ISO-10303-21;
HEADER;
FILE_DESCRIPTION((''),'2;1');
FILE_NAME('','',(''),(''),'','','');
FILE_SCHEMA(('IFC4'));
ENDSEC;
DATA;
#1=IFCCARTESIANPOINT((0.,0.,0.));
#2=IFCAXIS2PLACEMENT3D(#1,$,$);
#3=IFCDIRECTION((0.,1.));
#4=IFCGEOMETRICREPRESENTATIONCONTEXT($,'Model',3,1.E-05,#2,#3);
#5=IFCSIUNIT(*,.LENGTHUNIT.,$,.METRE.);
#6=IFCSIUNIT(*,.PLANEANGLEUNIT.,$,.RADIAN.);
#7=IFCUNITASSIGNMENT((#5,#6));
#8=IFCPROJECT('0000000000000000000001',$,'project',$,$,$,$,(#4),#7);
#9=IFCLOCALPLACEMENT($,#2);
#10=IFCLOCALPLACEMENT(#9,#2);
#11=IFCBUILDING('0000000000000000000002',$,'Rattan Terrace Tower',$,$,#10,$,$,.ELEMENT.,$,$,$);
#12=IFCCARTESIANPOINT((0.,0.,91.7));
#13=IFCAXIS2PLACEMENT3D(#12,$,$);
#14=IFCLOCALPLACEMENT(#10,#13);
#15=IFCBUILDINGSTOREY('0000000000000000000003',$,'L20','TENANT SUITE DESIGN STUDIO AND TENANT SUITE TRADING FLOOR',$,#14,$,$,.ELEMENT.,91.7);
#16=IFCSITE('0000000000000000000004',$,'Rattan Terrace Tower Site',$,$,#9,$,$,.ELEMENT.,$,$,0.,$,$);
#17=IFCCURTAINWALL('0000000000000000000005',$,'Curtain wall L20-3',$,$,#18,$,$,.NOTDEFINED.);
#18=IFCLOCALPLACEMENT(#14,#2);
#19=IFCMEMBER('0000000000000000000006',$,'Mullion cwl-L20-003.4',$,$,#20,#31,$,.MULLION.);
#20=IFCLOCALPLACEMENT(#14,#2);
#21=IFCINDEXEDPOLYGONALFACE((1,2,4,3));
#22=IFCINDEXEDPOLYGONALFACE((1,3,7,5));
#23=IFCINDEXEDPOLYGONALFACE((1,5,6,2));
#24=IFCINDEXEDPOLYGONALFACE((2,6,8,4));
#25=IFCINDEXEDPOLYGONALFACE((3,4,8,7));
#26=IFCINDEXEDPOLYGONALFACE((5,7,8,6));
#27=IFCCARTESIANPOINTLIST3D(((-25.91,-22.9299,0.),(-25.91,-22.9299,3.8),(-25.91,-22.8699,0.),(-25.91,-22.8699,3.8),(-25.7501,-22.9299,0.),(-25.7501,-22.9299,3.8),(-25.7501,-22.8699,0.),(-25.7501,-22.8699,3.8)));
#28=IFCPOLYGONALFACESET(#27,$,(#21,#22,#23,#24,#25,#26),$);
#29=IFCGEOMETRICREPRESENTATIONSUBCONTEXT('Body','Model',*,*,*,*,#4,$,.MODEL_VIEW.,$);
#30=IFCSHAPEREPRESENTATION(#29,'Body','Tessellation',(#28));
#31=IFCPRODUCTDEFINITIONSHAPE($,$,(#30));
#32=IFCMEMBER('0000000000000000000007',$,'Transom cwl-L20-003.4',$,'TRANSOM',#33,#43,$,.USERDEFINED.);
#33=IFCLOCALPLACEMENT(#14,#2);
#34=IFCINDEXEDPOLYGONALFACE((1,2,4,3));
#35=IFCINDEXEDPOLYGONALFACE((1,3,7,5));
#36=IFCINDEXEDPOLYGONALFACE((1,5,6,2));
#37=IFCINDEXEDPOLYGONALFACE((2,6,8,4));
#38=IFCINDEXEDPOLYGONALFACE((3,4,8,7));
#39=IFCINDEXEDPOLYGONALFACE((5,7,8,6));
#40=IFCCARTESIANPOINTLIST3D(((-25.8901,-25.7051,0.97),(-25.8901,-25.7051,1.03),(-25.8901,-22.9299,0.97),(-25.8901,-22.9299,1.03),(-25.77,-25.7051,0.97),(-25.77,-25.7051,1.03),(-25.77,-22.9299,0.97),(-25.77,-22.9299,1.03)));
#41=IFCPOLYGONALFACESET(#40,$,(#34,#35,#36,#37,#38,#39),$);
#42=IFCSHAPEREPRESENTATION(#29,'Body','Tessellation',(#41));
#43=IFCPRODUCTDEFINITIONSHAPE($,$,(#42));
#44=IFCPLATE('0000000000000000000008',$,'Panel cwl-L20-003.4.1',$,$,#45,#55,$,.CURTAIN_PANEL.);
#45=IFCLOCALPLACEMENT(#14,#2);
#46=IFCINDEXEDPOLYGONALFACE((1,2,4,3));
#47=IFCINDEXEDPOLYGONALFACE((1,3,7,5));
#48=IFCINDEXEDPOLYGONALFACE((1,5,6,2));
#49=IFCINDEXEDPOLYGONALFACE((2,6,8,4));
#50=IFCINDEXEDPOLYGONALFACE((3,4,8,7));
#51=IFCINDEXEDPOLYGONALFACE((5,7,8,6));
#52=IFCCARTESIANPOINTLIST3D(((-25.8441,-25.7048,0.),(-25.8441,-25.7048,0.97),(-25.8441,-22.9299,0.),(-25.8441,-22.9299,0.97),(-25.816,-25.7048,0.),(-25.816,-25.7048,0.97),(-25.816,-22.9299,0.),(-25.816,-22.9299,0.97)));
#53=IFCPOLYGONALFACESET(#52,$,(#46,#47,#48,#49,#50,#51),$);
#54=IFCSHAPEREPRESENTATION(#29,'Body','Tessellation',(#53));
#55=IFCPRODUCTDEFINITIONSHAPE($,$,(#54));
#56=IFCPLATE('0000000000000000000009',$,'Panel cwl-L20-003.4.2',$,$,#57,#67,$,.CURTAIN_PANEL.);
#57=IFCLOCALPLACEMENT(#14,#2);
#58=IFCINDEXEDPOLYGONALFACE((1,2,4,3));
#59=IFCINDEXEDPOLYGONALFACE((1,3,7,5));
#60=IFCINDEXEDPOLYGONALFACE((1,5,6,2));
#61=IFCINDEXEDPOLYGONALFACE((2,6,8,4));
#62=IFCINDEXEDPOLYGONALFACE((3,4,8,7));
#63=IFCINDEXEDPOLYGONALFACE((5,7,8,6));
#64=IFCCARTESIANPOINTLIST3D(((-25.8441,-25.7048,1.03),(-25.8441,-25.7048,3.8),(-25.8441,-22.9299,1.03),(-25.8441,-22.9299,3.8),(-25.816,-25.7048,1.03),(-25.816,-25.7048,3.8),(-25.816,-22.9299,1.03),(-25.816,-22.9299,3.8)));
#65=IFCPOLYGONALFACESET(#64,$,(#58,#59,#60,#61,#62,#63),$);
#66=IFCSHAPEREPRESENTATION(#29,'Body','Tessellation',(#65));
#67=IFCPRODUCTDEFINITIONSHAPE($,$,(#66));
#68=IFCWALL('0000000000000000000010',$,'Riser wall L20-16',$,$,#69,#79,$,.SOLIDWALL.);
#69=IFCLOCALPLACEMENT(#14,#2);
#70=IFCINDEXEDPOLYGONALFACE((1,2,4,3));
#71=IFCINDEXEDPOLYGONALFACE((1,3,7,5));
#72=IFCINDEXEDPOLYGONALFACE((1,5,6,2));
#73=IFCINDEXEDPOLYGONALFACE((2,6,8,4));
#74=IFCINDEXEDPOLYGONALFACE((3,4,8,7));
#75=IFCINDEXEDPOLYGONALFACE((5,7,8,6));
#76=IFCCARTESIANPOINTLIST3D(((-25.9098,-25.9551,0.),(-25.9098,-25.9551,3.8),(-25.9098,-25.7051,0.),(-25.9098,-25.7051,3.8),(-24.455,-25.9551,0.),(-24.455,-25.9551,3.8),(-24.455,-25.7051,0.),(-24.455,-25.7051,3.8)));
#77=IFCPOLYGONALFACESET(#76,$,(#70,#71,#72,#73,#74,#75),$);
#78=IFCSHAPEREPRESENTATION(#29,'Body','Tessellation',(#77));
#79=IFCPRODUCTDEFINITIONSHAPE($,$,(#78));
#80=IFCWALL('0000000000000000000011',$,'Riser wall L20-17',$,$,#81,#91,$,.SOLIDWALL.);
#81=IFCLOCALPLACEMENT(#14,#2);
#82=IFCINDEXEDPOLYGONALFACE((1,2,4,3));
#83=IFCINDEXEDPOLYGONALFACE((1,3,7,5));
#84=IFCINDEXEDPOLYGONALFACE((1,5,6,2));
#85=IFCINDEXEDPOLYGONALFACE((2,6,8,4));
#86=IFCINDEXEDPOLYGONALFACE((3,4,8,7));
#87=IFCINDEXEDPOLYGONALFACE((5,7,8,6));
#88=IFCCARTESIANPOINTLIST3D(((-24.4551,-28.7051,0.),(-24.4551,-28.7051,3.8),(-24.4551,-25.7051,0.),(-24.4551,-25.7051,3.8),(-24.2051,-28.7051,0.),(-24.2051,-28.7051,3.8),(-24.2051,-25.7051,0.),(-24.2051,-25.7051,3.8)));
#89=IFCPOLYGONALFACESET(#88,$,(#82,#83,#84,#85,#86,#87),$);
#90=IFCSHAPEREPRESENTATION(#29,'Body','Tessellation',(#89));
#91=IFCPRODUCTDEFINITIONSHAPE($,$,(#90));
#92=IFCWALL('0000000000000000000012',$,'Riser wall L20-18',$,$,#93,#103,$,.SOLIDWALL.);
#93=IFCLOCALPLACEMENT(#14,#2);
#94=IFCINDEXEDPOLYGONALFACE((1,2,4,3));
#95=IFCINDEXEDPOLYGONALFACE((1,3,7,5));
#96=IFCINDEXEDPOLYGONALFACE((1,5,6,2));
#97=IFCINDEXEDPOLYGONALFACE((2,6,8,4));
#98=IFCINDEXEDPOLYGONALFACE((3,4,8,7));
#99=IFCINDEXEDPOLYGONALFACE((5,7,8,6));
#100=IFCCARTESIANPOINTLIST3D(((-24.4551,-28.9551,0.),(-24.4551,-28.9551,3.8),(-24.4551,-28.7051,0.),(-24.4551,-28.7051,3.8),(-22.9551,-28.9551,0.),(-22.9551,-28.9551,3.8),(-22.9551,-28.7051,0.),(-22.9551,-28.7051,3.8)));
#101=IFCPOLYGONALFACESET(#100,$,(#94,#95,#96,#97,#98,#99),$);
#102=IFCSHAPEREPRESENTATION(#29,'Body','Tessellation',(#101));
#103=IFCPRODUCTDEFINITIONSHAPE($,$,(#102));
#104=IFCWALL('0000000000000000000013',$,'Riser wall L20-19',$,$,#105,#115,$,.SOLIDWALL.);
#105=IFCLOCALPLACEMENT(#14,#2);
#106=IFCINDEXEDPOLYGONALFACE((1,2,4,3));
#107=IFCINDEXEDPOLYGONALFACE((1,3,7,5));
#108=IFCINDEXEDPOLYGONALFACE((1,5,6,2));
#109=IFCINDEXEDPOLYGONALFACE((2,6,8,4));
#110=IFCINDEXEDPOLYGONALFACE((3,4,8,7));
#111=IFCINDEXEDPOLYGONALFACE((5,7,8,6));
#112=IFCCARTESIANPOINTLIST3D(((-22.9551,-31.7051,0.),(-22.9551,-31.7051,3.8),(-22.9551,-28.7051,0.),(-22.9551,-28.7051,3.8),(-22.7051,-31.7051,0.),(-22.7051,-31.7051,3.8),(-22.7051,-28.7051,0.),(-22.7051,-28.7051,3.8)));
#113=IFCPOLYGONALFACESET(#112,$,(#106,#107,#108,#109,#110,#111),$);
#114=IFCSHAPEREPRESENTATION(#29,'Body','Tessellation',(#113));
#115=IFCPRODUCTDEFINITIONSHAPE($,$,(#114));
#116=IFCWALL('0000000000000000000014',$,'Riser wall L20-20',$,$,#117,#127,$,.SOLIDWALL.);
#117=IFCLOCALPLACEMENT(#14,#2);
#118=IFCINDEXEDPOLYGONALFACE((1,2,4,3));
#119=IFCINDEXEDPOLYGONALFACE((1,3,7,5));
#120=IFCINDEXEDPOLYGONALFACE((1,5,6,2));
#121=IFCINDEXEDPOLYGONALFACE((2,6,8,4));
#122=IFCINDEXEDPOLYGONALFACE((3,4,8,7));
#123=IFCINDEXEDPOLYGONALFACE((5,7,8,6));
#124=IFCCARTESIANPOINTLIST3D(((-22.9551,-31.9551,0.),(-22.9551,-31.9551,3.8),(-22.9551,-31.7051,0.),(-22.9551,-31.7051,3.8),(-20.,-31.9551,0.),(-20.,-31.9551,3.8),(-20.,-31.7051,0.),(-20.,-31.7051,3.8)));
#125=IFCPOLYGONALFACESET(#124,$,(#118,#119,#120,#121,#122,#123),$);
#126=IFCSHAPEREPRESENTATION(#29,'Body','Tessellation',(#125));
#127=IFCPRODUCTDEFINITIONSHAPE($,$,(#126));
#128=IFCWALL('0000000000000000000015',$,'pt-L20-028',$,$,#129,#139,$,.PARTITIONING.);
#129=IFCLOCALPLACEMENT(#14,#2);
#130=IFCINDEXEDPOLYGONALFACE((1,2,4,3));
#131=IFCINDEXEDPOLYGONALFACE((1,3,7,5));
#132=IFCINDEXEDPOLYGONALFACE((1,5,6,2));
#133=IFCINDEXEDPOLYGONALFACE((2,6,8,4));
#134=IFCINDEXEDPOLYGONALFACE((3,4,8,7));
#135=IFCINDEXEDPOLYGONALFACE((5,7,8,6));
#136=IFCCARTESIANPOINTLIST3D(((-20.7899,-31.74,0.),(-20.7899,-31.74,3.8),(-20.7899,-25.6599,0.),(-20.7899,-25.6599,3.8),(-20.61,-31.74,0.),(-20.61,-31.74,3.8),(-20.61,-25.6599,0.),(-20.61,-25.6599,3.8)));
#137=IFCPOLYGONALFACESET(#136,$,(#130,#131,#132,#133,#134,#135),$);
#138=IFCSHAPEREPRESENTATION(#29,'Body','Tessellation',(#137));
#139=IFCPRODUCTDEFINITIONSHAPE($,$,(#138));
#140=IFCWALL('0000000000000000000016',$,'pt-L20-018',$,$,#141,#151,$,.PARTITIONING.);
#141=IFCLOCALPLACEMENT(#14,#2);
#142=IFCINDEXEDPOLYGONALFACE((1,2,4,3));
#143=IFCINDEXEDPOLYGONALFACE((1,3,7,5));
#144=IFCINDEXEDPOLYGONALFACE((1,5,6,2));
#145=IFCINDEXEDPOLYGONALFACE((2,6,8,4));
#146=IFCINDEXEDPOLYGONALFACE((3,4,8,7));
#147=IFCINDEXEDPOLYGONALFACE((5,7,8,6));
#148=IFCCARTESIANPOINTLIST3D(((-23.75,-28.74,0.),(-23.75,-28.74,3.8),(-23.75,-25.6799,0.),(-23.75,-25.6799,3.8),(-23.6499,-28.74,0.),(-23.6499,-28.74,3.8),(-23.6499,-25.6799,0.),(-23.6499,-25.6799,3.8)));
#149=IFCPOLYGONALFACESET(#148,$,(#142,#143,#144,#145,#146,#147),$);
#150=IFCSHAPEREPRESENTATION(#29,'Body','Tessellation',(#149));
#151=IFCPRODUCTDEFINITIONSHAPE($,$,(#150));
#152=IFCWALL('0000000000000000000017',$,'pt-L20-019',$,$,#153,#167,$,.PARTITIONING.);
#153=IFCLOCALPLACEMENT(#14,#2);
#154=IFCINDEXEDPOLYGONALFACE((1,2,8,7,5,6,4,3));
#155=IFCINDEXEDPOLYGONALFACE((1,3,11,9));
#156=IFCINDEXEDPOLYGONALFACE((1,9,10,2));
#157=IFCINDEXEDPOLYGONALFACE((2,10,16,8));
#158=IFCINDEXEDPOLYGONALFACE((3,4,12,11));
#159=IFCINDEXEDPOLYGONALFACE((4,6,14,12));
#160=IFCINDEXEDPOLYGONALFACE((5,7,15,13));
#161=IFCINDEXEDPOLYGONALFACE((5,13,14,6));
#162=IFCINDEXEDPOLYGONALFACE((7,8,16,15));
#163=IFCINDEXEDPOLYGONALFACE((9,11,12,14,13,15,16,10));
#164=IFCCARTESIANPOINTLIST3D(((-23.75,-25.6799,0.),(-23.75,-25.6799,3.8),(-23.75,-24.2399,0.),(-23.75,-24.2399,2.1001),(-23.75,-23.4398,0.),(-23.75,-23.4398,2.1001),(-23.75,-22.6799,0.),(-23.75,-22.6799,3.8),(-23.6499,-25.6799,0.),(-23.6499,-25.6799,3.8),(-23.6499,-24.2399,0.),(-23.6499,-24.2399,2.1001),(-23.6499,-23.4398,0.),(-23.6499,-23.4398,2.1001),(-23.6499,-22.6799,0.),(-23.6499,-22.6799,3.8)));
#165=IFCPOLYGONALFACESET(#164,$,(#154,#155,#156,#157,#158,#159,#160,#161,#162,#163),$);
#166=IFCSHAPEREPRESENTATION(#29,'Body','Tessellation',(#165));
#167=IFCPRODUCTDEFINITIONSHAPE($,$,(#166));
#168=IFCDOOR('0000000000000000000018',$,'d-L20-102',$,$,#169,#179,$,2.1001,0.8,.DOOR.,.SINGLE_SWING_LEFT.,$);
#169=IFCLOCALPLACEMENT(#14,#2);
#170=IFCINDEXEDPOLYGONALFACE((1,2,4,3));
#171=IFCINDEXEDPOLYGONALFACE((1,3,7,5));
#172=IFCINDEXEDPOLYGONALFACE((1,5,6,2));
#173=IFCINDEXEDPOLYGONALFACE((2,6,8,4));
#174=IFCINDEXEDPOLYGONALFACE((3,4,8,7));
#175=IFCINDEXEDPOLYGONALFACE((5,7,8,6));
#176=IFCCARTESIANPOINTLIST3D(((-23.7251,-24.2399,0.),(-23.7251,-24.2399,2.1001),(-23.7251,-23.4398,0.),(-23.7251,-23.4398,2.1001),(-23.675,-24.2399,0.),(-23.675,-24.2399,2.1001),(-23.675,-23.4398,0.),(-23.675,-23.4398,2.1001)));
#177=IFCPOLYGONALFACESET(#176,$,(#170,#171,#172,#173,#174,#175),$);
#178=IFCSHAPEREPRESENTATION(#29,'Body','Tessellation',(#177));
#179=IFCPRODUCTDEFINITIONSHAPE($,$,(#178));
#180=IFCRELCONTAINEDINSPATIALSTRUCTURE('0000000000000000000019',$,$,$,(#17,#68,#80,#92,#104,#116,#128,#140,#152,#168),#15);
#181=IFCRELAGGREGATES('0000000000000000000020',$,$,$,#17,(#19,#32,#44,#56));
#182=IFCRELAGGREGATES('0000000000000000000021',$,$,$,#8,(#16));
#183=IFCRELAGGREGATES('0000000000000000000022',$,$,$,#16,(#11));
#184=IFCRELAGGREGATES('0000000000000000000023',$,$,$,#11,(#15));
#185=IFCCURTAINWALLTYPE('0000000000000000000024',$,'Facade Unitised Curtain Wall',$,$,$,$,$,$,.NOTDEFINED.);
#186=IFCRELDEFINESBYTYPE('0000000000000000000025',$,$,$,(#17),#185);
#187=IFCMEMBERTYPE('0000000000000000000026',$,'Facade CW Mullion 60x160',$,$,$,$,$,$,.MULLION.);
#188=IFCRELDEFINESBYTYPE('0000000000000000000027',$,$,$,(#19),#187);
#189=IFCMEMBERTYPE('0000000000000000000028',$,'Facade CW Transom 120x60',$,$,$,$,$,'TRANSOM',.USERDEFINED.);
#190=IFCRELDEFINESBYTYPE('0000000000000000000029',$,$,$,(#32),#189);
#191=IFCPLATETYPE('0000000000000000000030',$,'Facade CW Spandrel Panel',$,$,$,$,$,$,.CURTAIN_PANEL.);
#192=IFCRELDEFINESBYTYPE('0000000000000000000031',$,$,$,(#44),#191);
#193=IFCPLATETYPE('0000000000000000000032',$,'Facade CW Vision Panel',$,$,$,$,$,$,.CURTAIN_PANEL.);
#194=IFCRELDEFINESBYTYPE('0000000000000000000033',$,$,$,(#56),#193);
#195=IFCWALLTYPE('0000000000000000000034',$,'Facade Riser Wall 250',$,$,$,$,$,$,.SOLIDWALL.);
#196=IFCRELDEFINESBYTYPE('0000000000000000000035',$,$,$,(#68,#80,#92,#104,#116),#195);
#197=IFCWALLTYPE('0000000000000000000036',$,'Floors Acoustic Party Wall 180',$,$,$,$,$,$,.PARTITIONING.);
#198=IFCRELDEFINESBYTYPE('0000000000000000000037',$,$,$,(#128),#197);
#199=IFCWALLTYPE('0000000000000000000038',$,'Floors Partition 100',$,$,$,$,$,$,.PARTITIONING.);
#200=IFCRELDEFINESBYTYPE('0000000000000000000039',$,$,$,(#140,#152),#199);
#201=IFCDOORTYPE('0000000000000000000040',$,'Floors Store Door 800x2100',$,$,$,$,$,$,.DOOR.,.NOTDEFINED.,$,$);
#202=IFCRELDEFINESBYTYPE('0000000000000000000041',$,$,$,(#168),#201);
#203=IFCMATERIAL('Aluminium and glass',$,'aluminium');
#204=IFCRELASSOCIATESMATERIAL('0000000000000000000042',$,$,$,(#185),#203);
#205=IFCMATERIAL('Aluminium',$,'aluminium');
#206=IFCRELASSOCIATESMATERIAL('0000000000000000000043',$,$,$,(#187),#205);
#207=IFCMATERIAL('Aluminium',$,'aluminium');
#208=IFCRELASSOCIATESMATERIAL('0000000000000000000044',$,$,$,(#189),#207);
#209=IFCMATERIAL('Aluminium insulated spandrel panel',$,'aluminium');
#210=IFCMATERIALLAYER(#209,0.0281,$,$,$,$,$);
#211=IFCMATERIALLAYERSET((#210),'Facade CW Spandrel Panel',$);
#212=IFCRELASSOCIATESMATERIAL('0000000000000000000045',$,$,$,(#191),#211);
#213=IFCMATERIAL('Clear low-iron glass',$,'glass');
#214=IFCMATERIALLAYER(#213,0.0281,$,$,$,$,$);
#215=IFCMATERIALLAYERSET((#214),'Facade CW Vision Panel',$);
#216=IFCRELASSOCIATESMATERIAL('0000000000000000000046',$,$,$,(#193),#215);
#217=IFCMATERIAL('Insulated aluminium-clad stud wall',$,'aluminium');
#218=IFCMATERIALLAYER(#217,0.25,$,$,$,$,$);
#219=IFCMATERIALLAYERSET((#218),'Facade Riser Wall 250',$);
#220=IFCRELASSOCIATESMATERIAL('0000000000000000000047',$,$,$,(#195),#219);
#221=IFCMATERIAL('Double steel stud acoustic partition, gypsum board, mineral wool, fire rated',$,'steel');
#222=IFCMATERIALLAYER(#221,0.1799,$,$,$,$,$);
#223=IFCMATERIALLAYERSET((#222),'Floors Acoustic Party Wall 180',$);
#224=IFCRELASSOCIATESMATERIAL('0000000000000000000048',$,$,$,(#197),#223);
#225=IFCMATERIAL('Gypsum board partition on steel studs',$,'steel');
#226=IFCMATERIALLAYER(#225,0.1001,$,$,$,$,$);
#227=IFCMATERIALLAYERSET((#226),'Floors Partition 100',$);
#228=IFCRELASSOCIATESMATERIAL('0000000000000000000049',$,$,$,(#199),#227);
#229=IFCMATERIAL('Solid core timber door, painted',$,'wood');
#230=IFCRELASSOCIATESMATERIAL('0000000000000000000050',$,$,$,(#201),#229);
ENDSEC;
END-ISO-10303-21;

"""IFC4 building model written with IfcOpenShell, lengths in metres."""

from ifc_helpers import new_model, si_unit, direction, frame, frame_2d, origin, origin_2d, place, context, subcontext, project, spatial, rectangle, extrude, material, layer, layer_set, material_profile, profile_set, type_object, element, fill, aggregate, save


model = new_model("IFC4")

# Units and contexts
model_context = context("Model", 3, precision=1e-05, world=origin(), true_north=direction((0.0, 1.0)))
body_context = subcontext(model_context, "Body", "Model", "MODEL_VIEW")
ifc_project = project(units=[si_unit("LENGTHUNIT", "METRE"), si_unit("PLANEANGLEUNIT", "RADIAN")], contexts=[model_context])

# Site, building, storey
site_placement = place(None, origin())
site = spatial("IfcSite", under=ifc_project, at=site_placement, Name="Rattan Terrace Tower Site", CompositionType="ELEMENT", RefElevation=0.0)
building_placement = place(site_placement, origin())
building = spatial("IfcBuilding", under=site, at=building_placement, Name="Rattan Terrace Tower", CompositionType="ELEMENT")
storey_placement = place(building_placement, frame((0.0, 0.0, 91.7)))
storey = spatial("IfcBuildingStorey", under=building, at=storey_placement, Name="L20", Description="TENANT SUITE DESIGN STUDIO AND TENANT SUITE TRADING FLOOR", CompositionType="ELEMENT", Elevation=91.7)

# Curtain wall, members, plates
ifc_material_1 = material(Name="Aluminium and glass", Category="aluminium")
curtain_wall_type = type_object("IfcCurtainWallType", Name="Facade Unitised Curtain Wall", PredefinedType="NOTDEFINED", material=ifc_material_1)
curtain_wall_placement = place(storey_placement, origin())
curtain_wall = element("IfcCurtainWall", 1, at=curtain_wall_placement, inside=storey, type_object=curtain_wall_type, Name="Curtain wall L20-3", PredefinedType="NOTDEFINED")
ifc_material_2 = material(Name="Aluminium", Category="aluminium")
ifc_material_profile_1 = material_profile(ifc_material_2, rectangle(XDim=0.0601, YDim=0.1599, at=origin_2d()), Name="Aluminium 60x160")
ifc_profile_set_1 = profile_set([ifc_material_profile_1], Name="Aluminium")
member_type_1 = type_object("IfcMemberType", Name="Facade CW Mullion 60x160", PredefinedType="MULLION", material=ifc_profile_set_1)
member_1_placement = place(storey_placement, frame((-25.8301, -22.8999, 0.0), z_axis=(0.0, 0.0, 1.0), x_axis=(0.0, -1.0, 0.0)))
member_1 = element("IfcMember", 2, at=member_1_placement, type_object=member_type_1, Name="Mullion cwl-L20-003.4", PredefinedType="MULLION", context=body_context, shape_type="SweptSolid", body=[
    extrude(rectangle(XDim=0.0601, YDim=0.1599, at=origin_2d()), origin(), (0.0, 0.0, 1.0), 3.8),
])
ifc_material_3 = material(Name="Aluminium", Category="aluminium")
ifc_material_profile_2 = material_profile(ifc_material_3, rectangle(XDim=0.1201, YDim=0.0601, at=origin_2d()), Name="Aluminium 120x60")
ifc_profile_set_2 = profile_set([ifc_material_profile_2], Name="Aluminium")
member_type_2 = type_object("IfcMemberType", Name="Facade CW Transom 120x60", ElementType="TRANSOM", PredefinedType="USERDEFINED", material=ifc_profile_set_2)
member_2_placement = place(storey_placement, frame((-25.8301, -22.9299, 1.0), z_axis=(0.0, -1.0, 0.0), x_axis=(1.0, 0.0, 0.0)))
member_2 = element("IfcMember", 3, at=member_2_placement, type_object=member_type_2, Name="Transom cwl-L20-003.4", ObjectType="TRANSOM", PredefinedType="USERDEFINED", context=body_context, shape_type="SweptSolid", body=[
    extrude(rectangle(XDim=0.1201, YDim=0.0601, at=origin_2d()), origin(), (0.0, 0.0, 1.0), 2.7751),
])
ifc_material_4 = material(Name="Aluminium insulated spandrel panel", Category="aluminium")
ifc_layer_1 = layer(ifc_material_4, 0.0281)
ifc_layer_set_1 = layer_set([ifc_layer_1], Name="Facade CW Spandrel Panel")
plate_type_1 = type_object("IfcPlateType", Name="Facade CW Spandrel Panel", PredefinedType="CURTAIN_PANEL", material=ifc_layer_set_1)
plate_1_placement = place(storey_placement, frame((-25.8301, -24.3174, 0.0), z_axis=(0.0, 0.0, 1.0), x_axis=(0.0, -1.0, 0.0)))
plate_1 = element("IfcPlate", 4, at=plate_1_placement, type_object=plate_type_1, Name="Panel cwl-L20-003.4.1", PredefinedType="CURTAIN_PANEL", context=body_context, shape_type="SweptSolid", body=[
    extrude(rectangle(XDim=2.7749, YDim=0.0281, at=origin_2d()), origin(), (0.0, 0.0, 1.0), 0.97),
])
ifc_material_5 = material(Name="Clear low-iron glass", Category="glass")
ifc_layer_2 = layer(ifc_material_5, 0.0281)
ifc_layer_set_2 = layer_set([ifc_layer_2], Name="Facade CW Vision Panel")
plate_type_2 = type_object("IfcPlateType", Name="Facade CW Vision Panel", PredefinedType="CURTAIN_PANEL", material=ifc_layer_set_2)
plate_2_placement = place(storey_placement, frame((-25.8301, -24.3174, 1.03), z_axis=(0.0, 0.0, 1.0), x_axis=(0.0, -1.0, 0.0)))
plate_2 = element("IfcPlate", 5, at=plate_2_placement, type_object=plate_type_2, Name="Panel cwl-L20-003.4.2", PredefinedType="CURTAIN_PANEL", context=body_context, shape_type="SweptSolid", body=[
    extrude(rectangle(XDim=2.7749, YDim=0.0281, at=origin_2d()), origin(), (0.0, 0.0, 1.0), 2.77),
])
aggregate(curtain_wall, [member_1, member_2, plate_1, plate_2])

# Walls
ifc_material_6 = material(Name="Insulated aluminium-clad stud wall", Category="aluminium")
ifc_layer_3 = layer(ifc_material_6, 0.25)
ifc_layer_set_3 = layer_set([ifc_layer_3], Name="Facade Riser Wall 250")
wall_type_1 = type_object("IfcWallType", Name="Facade Riser Wall 250", PredefinedType="SOLIDWALL", material=ifc_layer_set_3)
wall_1_placement = place(storey_placement, frame((-25.9099, -25.8301, 0.0), z_axis=(0.0, 0.0, 1.0), x_axis=(1.0, 0.0, 0.0)))
element("IfcWall", 6, at=wall_1_placement, inside=storey, type_object=wall_type_1, Name="Riser wall L20-16", PredefinedType="SOLIDWALL", context=body_context, shape_type="SweptSolid", body=[
    extrude(rectangle(XDim=1.4548, YDim=0.25, at=frame_2d((0.7275, 0.0))), origin(), (0.0, 0.0, 1.0), 3.8),
])
wall_2_placement = place(storey_placement, frame((-24.3301, -25.7051, 0.0), z_axis=(0.0, 0.0, 1.0), x_axis=(0.0, -1.0, 0.0)))
element("IfcWall", 7, at=wall_2_placement, inside=storey, type_object=wall_type_1, Name="Riser wall L20-17", PredefinedType="SOLIDWALL", context=body_context, shape_type="SweptSolid", body=[
    extrude(rectangle(XDim=3.0, YDim=0.25, at=frame_2d((1.5, 0.0))), origin(), (0.0, 0.0, 1.0), 3.8),
])
wall_3_placement = place(storey_placement, frame((-24.4551, -28.8301, 0.0), z_axis=(0.0, 0.0, 1.0), x_axis=(1.0, 0.0, 0.0)))
element("IfcWall", 8, at=wall_3_placement, inside=storey, type_object=wall_type_1, Name="Riser wall L20-18", PredefinedType="SOLIDWALL", context=body_context, shape_type="SweptSolid", body=[
    extrude(rectangle(XDim=1.5, YDim=0.25, at=frame_2d((0.75, 0.0))), origin(), (0.0, 0.0, 1.0), 3.8),
])
wall_4_placement = place(storey_placement, frame((-22.8301, -28.7051, 0.0), z_axis=(0.0, 0.0, 1.0), x_axis=(0.0, -1.0, 0.0)))
element("IfcWall", 9, at=wall_4_placement, inside=storey, type_object=wall_type_1, Name="Riser wall L20-19", PredefinedType="SOLIDWALL", context=body_context, shape_type="SweptSolid", body=[
    extrude(rectangle(XDim=3.0, YDim=0.25, at=frame_2d((1.5, 0.0))), origin(), (0.0, 0.0, 1.0), 3.8),
])
wall_5_placement = place(storey_placement, frame((-22.9551, -31.8301, 0.0), z_axis=(0.0, 0.0, 1.0), x_axis=(1.0, 0.0, 0.0)))
element("IfcWall", 10, at=wall_5_placement, inside=storey, type_object=wall_type_1, Name="Riser wall L20-20", PredefinedType="SOLIDWALL", context=body_context, shape_type="SweptSolid", body=[
    extrude(rectangle(XDim=2.9551, YDim=0.25, at=frame_2d((1.4775, 0.0))), origin(), (0.0, 0.0, 1.0), 3.8),
])
ifc_material_7 = material(Name="Double steel stud acoustic partition, gypsum board, mineral wool, fire rated", Category="steel")
ifc_layer_4 = layer(ifc_material_7, 0.1799)
ifc_layer_set_4 = layer_set([ifc_layer_4], Name="Floors Acoustic Party Wall 180")
wall_type_2 = type_object("IfcWallType", Name="Floors Acoustic Party Wall 180", PredefinedType="PARTITIONING", material=ifc_layer_set_4)
wall_6_placement = place(storey_placement, frame((-20.7, -25.6599, 0.0), z_axis=(0.0, 0.0, 1.0), x_axis=(0.0, -1.0, 0.0)))
element("IfcWall", 11, at=wall_6_placement, inside=storey, type_object=wall_type_2, Name="pt-L20-028", PredefinedType="PARTITIONING", context=body_context, shape_type="SweptSolid", body=[
    extrude(rectangle(XDim=6.0801, YDim=0.1799, at=frame_2d((3.04, 0.0))), origin(), (0.0, 0.0, 1.0), 3.8),
])
ifc_material_8 = material(Name="Gypsum board partition on steel studs", Category="steel")
ifc_layer_5 = layer(ifc_material_8, 0.1001)
ifc_layer_set_5 = layer_set([ifc_layer_5], Name="Floors Partition 100")
wall_type_3 = type_object("IfcWallType", Name="Floors Partition 100", PredefinedType="PARTITIONING", material=ifc_layer_set_5)
wall_7_placement = place(storey_placement, frame((-23.7, -25.6799, 0.0), z_axis=(0.0, 0.0, 1.0), x_axis=(0.0, -1.0, 0.0)))
element("IfcWall", 12, at=wall_7_placement, inside=storey, type_object=wall_type_3, Name="pt-L20-018", PredefinedType="PARTITIONING", context=body_context, shape_type="SweptSolid", body=[
    extrude(rectangle(XDim=3.0601, YDim=0.1001, at=frame_2d((1.53, 0.0))), origin(), (0.0, 0.0, 1.0), 3.8),
])

# Wall, opening, door
wall_8_placement = place(storey_placement, frame((-23.7, -22.6799, 0.0), z_axis=(0.0, 0.0, 1.0), x_axis=(0.0, -1.0, 0.0)))
wall_8 = element("IfcWall", 13, at=wall_8_placement, inside=storey, type_object=wall_type_3, Name="pt-L20-019", PredefinedType="PARTITIONING", context=body_context, shape_type="SweptSolid", body=[
    extrude(rectangle(XDim=3.0, YDim=0.1001, at=frame_2d((1.5, 0.0))), origin(), (0.0, 0.0, 1.0), 3.8),
])
opening_1_placement = place(wall_8_placement, frame((0.76, 0.0, 0.0)))
opening_1 = element("IfcOpeningElement", 14, at=opening_1_placement, cuts=wall_8, PredefinedType="OPENING", context=body_context, shape_type="SweptSolid", body=[
    extrude(rectangle(XDim=0.8, YDim=2.1001, at=frame_2d((0.3999, 1.05))), frame((0.0, 0.0605, 0.0), z_axis=(0.0, -1.0, 0.0), x_axis=(1.0, 0.0, 0.0)), (0.0, 0.0, 1.0), 0.1211),
])
ifc_material_9 = material(Name="Solid core timber door, painted", Category="wood")
door_type = type_object("IfcDoorType", Name="Floors Store Door 800x2100", OperationType="NOTDEFINED", PredefinedType="DOOR", material=ifc_material_9)
door_1_placement = place(opening_1_placement, origin())
door_1 = element("IfcDoor", 15, at=door_1_placement, inside=storey, type_object=door_type, Name="d-L20-102", OperationType="SINGLE_SWING_LEFT", OverallHeight=2.1001, OverallWidth=0.8, PredefinedType="DOOR", context=body_context, shape_type="SweptSolid", body=[
    extrude(rectangle(XDim=0.8, YDim=2.1001, at=frame_2d((0.3999, 1.05))), frame((0.0, 0.0249, 0.0), z_axis=(0.0, -1.0, 0.0), x_axis=(1.0, 0.0, 0.0)), (0.0, 0.0, 1.0), 0.05),
])
fill(opening_1, door_1)

save(model, "model.ifc")
